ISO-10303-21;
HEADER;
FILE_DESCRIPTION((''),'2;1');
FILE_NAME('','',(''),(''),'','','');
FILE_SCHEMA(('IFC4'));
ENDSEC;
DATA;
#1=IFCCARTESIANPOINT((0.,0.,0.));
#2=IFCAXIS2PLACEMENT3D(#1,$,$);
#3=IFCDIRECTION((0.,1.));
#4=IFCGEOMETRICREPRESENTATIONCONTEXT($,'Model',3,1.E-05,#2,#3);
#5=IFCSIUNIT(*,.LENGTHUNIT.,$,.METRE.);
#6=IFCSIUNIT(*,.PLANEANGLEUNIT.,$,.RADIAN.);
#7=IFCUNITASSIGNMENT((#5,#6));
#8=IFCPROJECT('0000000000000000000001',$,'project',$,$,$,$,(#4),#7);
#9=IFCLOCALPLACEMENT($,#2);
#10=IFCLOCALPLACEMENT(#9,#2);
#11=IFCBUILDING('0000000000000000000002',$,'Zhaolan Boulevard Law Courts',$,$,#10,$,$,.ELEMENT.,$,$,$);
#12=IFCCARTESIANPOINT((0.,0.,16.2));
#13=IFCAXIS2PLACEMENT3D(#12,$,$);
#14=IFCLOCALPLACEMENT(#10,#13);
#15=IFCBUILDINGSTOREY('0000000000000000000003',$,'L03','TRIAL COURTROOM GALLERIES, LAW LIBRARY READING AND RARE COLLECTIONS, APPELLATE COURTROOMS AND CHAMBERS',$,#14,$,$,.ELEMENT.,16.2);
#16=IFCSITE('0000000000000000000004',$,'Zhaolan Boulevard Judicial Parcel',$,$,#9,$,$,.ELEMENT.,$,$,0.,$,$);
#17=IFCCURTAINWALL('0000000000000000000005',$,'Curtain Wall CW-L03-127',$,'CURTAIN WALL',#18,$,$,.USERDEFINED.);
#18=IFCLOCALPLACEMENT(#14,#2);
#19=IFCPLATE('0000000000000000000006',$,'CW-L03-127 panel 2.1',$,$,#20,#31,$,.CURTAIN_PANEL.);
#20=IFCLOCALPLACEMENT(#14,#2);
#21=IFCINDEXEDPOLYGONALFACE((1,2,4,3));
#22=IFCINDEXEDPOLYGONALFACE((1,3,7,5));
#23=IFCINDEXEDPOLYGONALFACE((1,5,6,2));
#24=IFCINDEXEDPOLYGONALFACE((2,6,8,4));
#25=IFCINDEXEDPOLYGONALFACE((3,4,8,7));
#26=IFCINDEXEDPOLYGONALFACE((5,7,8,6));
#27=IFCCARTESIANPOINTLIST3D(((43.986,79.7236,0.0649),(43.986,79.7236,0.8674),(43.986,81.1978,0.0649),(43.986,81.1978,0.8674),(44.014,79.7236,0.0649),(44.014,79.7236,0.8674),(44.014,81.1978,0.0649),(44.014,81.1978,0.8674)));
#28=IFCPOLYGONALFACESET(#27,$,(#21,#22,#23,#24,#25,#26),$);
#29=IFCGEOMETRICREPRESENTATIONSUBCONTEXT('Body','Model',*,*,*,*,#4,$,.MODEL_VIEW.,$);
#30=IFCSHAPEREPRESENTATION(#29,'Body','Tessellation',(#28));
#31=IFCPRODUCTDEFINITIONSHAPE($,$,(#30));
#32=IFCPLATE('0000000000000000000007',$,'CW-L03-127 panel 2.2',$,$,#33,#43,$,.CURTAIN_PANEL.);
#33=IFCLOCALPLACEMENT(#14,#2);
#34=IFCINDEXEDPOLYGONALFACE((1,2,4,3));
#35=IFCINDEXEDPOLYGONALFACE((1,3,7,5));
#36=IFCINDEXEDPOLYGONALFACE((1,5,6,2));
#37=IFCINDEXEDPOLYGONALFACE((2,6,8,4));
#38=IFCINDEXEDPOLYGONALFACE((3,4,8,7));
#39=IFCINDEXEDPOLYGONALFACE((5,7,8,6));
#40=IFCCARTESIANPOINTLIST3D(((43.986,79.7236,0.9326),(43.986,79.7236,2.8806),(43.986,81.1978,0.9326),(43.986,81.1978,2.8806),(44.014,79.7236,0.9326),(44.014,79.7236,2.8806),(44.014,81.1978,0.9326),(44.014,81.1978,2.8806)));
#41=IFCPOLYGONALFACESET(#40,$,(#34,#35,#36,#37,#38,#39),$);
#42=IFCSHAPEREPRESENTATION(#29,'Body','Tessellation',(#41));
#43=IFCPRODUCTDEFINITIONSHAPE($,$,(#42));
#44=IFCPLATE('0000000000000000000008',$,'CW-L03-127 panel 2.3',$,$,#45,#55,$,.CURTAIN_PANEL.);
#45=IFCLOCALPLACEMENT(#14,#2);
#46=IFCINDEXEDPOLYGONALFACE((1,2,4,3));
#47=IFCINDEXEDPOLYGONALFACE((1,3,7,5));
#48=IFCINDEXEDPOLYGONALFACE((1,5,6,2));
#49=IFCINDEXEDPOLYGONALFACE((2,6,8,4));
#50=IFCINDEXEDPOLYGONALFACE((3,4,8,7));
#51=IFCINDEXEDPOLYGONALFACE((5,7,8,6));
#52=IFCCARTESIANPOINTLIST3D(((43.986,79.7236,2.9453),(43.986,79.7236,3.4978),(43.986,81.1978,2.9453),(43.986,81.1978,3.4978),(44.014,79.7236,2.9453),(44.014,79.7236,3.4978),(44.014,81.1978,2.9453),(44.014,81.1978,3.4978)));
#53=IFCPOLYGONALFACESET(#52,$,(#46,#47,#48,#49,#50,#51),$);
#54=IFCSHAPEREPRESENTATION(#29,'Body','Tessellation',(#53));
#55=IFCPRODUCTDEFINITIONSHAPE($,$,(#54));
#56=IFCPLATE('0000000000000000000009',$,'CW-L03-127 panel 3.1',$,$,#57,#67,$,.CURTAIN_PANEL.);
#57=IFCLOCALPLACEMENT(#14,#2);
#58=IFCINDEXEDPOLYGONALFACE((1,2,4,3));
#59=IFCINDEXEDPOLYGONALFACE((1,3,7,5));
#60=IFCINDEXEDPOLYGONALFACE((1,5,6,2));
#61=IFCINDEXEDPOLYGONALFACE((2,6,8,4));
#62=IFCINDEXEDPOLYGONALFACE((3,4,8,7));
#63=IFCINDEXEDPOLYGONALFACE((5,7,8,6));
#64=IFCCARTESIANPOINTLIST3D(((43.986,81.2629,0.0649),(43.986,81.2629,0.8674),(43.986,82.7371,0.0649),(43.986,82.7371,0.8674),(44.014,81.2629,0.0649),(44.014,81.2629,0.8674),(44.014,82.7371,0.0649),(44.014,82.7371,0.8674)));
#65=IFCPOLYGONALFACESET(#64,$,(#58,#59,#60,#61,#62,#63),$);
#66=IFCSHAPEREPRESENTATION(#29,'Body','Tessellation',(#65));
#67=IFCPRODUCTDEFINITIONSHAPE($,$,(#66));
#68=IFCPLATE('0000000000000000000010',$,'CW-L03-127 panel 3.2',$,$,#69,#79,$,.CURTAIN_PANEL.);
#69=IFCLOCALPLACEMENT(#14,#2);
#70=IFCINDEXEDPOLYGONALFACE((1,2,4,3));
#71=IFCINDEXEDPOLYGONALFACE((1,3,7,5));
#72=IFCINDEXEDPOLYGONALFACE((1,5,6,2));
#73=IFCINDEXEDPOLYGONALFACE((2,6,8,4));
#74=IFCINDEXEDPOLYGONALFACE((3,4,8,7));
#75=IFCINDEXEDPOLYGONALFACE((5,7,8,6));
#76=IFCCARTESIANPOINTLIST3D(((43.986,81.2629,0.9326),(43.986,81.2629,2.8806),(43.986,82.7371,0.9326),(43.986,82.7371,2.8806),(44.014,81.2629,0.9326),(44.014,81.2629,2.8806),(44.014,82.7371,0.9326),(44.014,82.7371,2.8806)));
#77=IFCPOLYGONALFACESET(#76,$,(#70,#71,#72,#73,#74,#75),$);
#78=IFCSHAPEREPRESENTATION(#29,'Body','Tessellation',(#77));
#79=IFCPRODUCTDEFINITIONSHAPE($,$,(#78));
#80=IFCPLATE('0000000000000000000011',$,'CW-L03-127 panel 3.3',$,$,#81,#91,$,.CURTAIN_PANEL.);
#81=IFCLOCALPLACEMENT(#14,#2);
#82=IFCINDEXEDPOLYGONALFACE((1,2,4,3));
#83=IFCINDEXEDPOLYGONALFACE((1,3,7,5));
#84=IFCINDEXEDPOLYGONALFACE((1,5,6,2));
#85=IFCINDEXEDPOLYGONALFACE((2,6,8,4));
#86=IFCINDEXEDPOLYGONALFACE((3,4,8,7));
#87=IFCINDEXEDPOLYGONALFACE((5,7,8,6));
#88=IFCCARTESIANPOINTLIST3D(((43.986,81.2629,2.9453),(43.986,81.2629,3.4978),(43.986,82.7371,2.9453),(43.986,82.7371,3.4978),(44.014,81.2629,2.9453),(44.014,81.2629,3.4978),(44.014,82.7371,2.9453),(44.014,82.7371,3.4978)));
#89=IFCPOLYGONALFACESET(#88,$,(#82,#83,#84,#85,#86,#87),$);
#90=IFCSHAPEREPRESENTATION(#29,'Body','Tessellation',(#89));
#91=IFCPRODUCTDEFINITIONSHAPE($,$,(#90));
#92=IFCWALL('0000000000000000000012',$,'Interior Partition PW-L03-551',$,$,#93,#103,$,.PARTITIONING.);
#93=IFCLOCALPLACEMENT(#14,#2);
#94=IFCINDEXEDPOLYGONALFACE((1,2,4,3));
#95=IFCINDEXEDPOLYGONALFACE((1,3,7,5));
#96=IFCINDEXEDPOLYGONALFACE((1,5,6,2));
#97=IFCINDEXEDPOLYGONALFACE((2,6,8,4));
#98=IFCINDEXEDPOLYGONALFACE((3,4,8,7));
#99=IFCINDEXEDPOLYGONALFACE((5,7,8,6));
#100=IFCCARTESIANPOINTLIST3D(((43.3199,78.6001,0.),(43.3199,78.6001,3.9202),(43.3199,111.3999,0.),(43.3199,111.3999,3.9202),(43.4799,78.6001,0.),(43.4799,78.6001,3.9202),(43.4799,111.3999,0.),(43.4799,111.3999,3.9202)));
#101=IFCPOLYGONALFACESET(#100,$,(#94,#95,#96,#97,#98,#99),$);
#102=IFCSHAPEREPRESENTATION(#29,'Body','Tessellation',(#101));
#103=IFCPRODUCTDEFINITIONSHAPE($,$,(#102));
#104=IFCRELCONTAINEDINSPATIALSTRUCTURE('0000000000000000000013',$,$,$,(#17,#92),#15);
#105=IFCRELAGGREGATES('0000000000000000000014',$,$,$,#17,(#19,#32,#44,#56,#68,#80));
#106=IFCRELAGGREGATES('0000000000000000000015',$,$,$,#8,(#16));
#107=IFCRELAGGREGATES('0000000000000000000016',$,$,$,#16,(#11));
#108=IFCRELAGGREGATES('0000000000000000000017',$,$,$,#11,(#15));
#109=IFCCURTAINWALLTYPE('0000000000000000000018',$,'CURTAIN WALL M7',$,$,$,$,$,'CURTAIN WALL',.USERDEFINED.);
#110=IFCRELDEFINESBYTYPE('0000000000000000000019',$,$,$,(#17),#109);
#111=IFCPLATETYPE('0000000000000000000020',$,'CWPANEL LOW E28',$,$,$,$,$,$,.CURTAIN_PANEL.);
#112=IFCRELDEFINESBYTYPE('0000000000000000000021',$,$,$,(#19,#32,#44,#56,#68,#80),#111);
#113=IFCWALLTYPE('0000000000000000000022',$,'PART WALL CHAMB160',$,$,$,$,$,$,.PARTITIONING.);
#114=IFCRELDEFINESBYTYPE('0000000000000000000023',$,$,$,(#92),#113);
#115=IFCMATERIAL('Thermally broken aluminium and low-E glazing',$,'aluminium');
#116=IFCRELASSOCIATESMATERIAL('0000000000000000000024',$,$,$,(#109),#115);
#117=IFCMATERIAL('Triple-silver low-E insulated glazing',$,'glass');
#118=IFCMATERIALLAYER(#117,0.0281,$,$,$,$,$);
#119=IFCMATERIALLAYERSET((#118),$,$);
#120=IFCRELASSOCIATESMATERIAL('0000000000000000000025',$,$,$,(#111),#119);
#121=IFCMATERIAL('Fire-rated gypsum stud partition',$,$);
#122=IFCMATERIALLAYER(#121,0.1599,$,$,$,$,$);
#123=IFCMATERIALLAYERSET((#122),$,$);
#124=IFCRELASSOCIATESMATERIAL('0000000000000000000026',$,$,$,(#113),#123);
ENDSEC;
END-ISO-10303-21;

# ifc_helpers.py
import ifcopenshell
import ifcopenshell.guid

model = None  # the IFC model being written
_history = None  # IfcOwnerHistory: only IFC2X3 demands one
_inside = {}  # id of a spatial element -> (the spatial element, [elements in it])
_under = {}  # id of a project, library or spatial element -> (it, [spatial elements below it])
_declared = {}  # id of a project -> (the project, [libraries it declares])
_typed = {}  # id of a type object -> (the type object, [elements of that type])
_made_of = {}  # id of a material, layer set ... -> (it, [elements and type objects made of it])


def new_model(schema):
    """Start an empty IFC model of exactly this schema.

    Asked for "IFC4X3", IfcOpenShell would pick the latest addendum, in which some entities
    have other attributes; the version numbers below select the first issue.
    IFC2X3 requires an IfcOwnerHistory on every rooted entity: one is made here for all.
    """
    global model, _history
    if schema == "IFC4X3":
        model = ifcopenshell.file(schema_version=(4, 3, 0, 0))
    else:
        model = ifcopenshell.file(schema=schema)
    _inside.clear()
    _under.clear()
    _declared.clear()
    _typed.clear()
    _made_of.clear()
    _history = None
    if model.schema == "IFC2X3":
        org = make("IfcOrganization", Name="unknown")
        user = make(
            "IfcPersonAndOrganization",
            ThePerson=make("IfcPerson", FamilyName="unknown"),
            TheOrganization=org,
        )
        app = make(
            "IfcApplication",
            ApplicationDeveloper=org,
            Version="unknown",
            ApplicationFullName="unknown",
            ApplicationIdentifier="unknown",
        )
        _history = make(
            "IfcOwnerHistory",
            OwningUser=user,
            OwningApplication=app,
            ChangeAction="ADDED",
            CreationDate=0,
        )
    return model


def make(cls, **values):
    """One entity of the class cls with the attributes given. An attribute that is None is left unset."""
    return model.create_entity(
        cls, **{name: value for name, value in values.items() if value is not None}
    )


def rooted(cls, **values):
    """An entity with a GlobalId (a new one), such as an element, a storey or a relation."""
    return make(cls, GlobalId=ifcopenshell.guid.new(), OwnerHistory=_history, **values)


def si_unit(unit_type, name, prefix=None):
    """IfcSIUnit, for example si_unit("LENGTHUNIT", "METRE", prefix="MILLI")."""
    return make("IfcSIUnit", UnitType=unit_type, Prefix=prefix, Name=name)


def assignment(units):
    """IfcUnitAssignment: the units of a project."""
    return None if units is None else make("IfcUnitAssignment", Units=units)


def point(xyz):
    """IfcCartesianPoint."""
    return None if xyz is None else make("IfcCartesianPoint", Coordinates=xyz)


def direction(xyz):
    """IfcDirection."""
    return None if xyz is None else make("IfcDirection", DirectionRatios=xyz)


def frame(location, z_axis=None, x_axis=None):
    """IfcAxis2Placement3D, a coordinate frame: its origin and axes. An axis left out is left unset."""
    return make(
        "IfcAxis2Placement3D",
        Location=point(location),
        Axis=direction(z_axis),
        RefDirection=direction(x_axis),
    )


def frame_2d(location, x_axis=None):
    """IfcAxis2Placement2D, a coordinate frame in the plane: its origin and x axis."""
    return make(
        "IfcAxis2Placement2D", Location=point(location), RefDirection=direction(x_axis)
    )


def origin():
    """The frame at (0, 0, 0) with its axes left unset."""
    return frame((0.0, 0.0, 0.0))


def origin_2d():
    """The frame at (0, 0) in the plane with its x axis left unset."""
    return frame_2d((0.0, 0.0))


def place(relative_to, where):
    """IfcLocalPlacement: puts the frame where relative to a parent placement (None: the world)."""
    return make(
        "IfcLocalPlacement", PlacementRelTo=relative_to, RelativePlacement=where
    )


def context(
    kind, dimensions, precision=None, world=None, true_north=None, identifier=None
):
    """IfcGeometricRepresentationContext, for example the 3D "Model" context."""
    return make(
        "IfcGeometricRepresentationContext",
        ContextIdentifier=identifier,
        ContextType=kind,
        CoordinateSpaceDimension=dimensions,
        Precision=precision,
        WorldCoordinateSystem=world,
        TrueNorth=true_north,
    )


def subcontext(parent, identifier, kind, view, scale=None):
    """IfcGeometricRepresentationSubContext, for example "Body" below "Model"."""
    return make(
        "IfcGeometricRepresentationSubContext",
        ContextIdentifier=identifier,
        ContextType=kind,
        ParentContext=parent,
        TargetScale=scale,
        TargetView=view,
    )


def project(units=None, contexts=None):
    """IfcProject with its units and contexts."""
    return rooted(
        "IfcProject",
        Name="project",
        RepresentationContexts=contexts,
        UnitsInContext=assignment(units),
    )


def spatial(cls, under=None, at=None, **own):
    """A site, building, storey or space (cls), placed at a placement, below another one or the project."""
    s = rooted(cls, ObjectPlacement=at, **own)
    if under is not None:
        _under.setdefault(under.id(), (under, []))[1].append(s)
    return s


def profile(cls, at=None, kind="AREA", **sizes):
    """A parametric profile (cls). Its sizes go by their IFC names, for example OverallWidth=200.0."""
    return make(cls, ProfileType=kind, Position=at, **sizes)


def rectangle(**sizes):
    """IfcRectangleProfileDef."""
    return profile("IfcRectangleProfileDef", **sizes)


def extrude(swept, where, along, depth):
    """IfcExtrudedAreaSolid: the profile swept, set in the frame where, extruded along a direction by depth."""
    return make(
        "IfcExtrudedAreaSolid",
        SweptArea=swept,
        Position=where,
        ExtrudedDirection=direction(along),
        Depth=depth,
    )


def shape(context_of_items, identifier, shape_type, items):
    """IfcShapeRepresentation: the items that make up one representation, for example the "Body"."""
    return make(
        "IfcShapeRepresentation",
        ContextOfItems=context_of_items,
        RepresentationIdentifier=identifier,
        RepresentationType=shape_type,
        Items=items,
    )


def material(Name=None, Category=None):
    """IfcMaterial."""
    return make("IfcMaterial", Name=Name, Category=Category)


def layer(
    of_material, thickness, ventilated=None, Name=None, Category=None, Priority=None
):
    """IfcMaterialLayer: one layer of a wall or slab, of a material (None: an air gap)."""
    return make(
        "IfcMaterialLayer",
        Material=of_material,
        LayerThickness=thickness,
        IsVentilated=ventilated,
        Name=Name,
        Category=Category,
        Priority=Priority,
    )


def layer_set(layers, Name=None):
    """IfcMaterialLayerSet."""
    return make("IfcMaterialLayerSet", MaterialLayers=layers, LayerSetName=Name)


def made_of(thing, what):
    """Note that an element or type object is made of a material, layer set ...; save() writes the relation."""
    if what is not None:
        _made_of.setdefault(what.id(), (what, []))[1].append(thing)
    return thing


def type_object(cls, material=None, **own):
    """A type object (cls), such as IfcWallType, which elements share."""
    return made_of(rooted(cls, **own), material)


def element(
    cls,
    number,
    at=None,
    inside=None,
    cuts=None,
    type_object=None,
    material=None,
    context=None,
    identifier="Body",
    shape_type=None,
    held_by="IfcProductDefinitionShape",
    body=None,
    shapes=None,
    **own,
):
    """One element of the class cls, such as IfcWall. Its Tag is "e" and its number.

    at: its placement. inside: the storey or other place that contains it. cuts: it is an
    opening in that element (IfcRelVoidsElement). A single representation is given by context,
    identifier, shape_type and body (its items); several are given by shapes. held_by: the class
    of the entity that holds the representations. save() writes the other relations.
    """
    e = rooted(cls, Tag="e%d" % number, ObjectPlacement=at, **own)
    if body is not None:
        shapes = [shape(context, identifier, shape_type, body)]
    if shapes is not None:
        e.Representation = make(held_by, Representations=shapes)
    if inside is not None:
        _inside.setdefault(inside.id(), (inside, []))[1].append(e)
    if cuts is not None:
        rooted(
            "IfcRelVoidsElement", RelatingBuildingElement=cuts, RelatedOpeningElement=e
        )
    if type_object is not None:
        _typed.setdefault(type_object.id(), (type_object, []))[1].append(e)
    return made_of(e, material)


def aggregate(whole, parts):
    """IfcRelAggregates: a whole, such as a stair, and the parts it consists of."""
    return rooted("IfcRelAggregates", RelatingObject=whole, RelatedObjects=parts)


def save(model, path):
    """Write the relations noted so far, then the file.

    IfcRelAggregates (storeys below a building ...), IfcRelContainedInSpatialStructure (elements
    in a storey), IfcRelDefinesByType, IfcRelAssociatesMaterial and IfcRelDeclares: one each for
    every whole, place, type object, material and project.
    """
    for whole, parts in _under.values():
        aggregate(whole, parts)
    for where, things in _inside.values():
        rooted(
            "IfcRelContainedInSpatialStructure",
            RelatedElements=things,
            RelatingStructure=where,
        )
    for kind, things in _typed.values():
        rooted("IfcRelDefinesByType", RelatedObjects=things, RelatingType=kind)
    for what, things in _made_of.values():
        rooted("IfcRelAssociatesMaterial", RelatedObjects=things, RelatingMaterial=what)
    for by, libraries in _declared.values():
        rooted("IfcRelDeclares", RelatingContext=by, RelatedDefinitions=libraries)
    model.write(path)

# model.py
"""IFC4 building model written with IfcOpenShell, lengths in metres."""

from ifc_helpers import new_model, si_unit, direction, frame, frame_2d, origin, origin_2d, place, context, subcontext, project, spatial, rectangle, extrude, material, layer, layer_set, type_object, element, aggregate, save


model = new_model("IFC4")

# Units and contexts
model_context = context("Model", 3, precision=1e-05, world=origin(), true_north=direction((0.0, 1.0)))
body_context = subcontext(model_context, "Body", "Model", "MODEL_VIEW")
ifc_project = project(units=[si_unit("LENGTHUNIT", "METRE"), si_unit("PLANEANGLEUNIT", "RADIAN")], contexts=[model_context])

# Site, building, storey
site_placement = place(None, origin())
site = spatial("IfcSite", under=ifc_project, at=site_placement, Name="Zhaolan Boulevard Judicial Parcel", CompositionType="ELEMENT", RefElevation=0.0)
building_placement = place(site_placement, origin())
building = spatial("IfcBuilding", under=site, at=building_placement, Name="Zhaolan Boulevard Law Courts", CompositionType="ELEMENT")
storey_placement = place(building_placement, frame((0.0, 0.0, 16.2)))
storey = spatial("IfcBuildingStorey", under=building, at=storey_placement, Name="L03", Description="TRIAL COURTROOM GALLERIES, LAW LIBRARY READING AND RARE COLLECTIONS, APPELLATE COURTROOMS AND CHAMBERS", CompositionType="ELEMENT", Elevation=16.2)

# Curtain wall
ifc_material_1 = material(Name="Thermally broken aluminium and low-E glazing", Category="aluminium")
curtain_wall_type = type_object("IfcCurtainWallType", Name="CURTAIN WALL M7", ElementType="CURTAIN WALL", PredefinedType="USERDEFINED", material=ifc_material_1)
curtain_wall_placement = place(storey_placement, origin())
curtain_wall = element("IfcCurtainWall", 1, at=curtain_wall_placement, inside=storey, type_object=curtain_wall_type, Name="Curtain Wall CW-L03-127", ObjectType="CURTAIN WALL", PredefinedType="USERDEFINED")

# Plates
ifc_material_2 = material(Name="Triple-silver low-E insulated glazing", Category="glass")
ifc_layer_1 = layer(ifc_material_2, 0.0281)
ifc_layer_set_1 = layer_set([ifc_layer_1])
plate_type = type_object("IfcPlateType", Name="CWPANEL LOW E28", PredefinedType="CURTAIN_PANEL", material=ifc_layer_set_1)
plate_1_placement = place(storey_placement, frame((44.0, 80.4607, 0.0649), z_axis=(0.0, 0.0, 1.0), x_axis=(0.0, 1.0, 0.0)))
plate_1 = element("IfcPlate", 2, at=plate_1_placement, type_object=plate_type, Name="CW-L03-127 panel 2.1", PredefinedType="CURTAIN_PANEL", context=body_context, shape_type="SweptSolid", body=[
    extrude(rectangle(XDim=1.4741, YDim=0.0281, at=origin_2d()), origin(), (0.0, 0.0, 1.0), 0.8025),
])
plate_2_placement = place(storey_placement, frame((44.0, 80.4607, 0.9326), z_axis=(0.0, 0.0, 1.0), x_axis=(0.0, 1.0, 0.0)))
plate_2 = element("IfcPlate", 3, at=plate_2_placement, type_object=plate_type, Name="CW-L03-127 panel 2.2", PredefinedType="CURTAIN_PANEL", context=body_context, shape_type="SweptSolid", body=[
    extrude(rectangle(XDim=1.4741, YDim=0.0281, at=origin_2d()), origin(), (0.0, 0.0, 1.0), 1.948),
])
plate_3_placement = place(storey_placement, frame((44.0, 80.4607, 2.9453), z_axis=(0.0, 0.0, 1.0), x_axis=(0.0, 1.0, 0.0)))
plate_3 = element("IfcPlate", 4, at=plate_3_placement, type_object=plate_type, Name="CW-L03-127 panel 2.3", PredefinedType="CURTAIN_PANEL", context=body_context, shape_type="SweptSolid", body=[
    extrude(rectangle(XDim=1.4741, YDim=0.0281, at=origin_2d()), origin(), (0.0, 0.0, 1.0), 0.5525),
])
plate_4_placement = place(storey_placement, frame((44.0, 82.0, 0.0649), z_axis=(0.0, 0.0, 1.0), x_axis=(0.0, 1.0, 0.0)))
plate_4 = element("IfcPlate", 5, at=plate_4_placement, type_object=plate_type, Name="CW-L03-127 panel 3.1", PredefinedType="CURTAIN_PANEL", context=body_context, shape_type="SweptSolid", body=[
    extrude(rectangle(XDim=1.4741, YDim=0.0281, at=origin_2d()), origin(), (0.0, 0.0, 1.0), 0.8025),
])
plate_5_placement = place(storey_placement, frame((44.0, 82.0, 0.9326), z_axis=(0.0, 0.0, 1.0), x_axis=(0.0, 1.0, 0.0)))
plate_5 = element("IfcPlate", 6, at=plate_5_placement, type_object=plate_type, Name="CW-L03-127 panel 3.2", PredefinedType="CURTAIN_PANEL", context=body_context, shape_type="SweptSolid", body=[
    extrude(rectangle(XDim=1.4741, YDim=0.0281, at=origin_2d()), origin(), (0.0, 0.0, 1.0), 1.948),
])
plate_6_placement = place(storey_placement, frame((44.0, 82.0, 2.9453), z_axis=(0.0, 0.0, 1.0), x_axis=(0.0, 1.0, 0.0)))
plate_6 = element("IfcPlate", 7, at=plate_6_placement, type_object=plate_type, Name="CW-L03-127 panel 3.3", PredefinedType="CURTAIN_PANEL", context=body_context, shape_type="SweptSolid", body=[
    extrude(rectangle(XDim=1.4741, YDim=0.0281, at=origin_2d()), origin(), (0.0, 0.0, 1.0), 0.5525),
])
aggregate(curtain_wall, [plate_1, plate_2, plate_3, plate_4, plate_5, plate_6])

# Wall
ifc_material_3 = material(Name="Fire-rated gypsum stud partition")
ifc_layer_2 = layer(ifc_material_3, 0.1599)
ifc_layer_set_2 = layer_set([ifc_layer_2])
wall_type = type_object("IfcWallType", Name="PART WALL CHAMB160", PredefinedType="PARTITIONING", material=ifc_layer_set_2)
wall_placement = place(storey_placement, frame((43.3999, 78.6001, 0.0), z_axis=(0.0, 0.0, 1.0), x_axis=(0.0, 1.0, 0.0)))
element("IfcWall", 8, at=wall_placement, inside=storey, type_object=wall_type, Name="Interior Partition PW-L03-551", PredefinedType="PARTITIONING", context=body_context, shape_type="SweptSolid", body=[
    extrude(rectangle(XDim=32.7998, YDim=0.1599, at=frame_2d((16.3999, 0.0))), origin(), (0.0, 0.0, 1.0), 3.9202),
])

save(model, "model.ifc")
